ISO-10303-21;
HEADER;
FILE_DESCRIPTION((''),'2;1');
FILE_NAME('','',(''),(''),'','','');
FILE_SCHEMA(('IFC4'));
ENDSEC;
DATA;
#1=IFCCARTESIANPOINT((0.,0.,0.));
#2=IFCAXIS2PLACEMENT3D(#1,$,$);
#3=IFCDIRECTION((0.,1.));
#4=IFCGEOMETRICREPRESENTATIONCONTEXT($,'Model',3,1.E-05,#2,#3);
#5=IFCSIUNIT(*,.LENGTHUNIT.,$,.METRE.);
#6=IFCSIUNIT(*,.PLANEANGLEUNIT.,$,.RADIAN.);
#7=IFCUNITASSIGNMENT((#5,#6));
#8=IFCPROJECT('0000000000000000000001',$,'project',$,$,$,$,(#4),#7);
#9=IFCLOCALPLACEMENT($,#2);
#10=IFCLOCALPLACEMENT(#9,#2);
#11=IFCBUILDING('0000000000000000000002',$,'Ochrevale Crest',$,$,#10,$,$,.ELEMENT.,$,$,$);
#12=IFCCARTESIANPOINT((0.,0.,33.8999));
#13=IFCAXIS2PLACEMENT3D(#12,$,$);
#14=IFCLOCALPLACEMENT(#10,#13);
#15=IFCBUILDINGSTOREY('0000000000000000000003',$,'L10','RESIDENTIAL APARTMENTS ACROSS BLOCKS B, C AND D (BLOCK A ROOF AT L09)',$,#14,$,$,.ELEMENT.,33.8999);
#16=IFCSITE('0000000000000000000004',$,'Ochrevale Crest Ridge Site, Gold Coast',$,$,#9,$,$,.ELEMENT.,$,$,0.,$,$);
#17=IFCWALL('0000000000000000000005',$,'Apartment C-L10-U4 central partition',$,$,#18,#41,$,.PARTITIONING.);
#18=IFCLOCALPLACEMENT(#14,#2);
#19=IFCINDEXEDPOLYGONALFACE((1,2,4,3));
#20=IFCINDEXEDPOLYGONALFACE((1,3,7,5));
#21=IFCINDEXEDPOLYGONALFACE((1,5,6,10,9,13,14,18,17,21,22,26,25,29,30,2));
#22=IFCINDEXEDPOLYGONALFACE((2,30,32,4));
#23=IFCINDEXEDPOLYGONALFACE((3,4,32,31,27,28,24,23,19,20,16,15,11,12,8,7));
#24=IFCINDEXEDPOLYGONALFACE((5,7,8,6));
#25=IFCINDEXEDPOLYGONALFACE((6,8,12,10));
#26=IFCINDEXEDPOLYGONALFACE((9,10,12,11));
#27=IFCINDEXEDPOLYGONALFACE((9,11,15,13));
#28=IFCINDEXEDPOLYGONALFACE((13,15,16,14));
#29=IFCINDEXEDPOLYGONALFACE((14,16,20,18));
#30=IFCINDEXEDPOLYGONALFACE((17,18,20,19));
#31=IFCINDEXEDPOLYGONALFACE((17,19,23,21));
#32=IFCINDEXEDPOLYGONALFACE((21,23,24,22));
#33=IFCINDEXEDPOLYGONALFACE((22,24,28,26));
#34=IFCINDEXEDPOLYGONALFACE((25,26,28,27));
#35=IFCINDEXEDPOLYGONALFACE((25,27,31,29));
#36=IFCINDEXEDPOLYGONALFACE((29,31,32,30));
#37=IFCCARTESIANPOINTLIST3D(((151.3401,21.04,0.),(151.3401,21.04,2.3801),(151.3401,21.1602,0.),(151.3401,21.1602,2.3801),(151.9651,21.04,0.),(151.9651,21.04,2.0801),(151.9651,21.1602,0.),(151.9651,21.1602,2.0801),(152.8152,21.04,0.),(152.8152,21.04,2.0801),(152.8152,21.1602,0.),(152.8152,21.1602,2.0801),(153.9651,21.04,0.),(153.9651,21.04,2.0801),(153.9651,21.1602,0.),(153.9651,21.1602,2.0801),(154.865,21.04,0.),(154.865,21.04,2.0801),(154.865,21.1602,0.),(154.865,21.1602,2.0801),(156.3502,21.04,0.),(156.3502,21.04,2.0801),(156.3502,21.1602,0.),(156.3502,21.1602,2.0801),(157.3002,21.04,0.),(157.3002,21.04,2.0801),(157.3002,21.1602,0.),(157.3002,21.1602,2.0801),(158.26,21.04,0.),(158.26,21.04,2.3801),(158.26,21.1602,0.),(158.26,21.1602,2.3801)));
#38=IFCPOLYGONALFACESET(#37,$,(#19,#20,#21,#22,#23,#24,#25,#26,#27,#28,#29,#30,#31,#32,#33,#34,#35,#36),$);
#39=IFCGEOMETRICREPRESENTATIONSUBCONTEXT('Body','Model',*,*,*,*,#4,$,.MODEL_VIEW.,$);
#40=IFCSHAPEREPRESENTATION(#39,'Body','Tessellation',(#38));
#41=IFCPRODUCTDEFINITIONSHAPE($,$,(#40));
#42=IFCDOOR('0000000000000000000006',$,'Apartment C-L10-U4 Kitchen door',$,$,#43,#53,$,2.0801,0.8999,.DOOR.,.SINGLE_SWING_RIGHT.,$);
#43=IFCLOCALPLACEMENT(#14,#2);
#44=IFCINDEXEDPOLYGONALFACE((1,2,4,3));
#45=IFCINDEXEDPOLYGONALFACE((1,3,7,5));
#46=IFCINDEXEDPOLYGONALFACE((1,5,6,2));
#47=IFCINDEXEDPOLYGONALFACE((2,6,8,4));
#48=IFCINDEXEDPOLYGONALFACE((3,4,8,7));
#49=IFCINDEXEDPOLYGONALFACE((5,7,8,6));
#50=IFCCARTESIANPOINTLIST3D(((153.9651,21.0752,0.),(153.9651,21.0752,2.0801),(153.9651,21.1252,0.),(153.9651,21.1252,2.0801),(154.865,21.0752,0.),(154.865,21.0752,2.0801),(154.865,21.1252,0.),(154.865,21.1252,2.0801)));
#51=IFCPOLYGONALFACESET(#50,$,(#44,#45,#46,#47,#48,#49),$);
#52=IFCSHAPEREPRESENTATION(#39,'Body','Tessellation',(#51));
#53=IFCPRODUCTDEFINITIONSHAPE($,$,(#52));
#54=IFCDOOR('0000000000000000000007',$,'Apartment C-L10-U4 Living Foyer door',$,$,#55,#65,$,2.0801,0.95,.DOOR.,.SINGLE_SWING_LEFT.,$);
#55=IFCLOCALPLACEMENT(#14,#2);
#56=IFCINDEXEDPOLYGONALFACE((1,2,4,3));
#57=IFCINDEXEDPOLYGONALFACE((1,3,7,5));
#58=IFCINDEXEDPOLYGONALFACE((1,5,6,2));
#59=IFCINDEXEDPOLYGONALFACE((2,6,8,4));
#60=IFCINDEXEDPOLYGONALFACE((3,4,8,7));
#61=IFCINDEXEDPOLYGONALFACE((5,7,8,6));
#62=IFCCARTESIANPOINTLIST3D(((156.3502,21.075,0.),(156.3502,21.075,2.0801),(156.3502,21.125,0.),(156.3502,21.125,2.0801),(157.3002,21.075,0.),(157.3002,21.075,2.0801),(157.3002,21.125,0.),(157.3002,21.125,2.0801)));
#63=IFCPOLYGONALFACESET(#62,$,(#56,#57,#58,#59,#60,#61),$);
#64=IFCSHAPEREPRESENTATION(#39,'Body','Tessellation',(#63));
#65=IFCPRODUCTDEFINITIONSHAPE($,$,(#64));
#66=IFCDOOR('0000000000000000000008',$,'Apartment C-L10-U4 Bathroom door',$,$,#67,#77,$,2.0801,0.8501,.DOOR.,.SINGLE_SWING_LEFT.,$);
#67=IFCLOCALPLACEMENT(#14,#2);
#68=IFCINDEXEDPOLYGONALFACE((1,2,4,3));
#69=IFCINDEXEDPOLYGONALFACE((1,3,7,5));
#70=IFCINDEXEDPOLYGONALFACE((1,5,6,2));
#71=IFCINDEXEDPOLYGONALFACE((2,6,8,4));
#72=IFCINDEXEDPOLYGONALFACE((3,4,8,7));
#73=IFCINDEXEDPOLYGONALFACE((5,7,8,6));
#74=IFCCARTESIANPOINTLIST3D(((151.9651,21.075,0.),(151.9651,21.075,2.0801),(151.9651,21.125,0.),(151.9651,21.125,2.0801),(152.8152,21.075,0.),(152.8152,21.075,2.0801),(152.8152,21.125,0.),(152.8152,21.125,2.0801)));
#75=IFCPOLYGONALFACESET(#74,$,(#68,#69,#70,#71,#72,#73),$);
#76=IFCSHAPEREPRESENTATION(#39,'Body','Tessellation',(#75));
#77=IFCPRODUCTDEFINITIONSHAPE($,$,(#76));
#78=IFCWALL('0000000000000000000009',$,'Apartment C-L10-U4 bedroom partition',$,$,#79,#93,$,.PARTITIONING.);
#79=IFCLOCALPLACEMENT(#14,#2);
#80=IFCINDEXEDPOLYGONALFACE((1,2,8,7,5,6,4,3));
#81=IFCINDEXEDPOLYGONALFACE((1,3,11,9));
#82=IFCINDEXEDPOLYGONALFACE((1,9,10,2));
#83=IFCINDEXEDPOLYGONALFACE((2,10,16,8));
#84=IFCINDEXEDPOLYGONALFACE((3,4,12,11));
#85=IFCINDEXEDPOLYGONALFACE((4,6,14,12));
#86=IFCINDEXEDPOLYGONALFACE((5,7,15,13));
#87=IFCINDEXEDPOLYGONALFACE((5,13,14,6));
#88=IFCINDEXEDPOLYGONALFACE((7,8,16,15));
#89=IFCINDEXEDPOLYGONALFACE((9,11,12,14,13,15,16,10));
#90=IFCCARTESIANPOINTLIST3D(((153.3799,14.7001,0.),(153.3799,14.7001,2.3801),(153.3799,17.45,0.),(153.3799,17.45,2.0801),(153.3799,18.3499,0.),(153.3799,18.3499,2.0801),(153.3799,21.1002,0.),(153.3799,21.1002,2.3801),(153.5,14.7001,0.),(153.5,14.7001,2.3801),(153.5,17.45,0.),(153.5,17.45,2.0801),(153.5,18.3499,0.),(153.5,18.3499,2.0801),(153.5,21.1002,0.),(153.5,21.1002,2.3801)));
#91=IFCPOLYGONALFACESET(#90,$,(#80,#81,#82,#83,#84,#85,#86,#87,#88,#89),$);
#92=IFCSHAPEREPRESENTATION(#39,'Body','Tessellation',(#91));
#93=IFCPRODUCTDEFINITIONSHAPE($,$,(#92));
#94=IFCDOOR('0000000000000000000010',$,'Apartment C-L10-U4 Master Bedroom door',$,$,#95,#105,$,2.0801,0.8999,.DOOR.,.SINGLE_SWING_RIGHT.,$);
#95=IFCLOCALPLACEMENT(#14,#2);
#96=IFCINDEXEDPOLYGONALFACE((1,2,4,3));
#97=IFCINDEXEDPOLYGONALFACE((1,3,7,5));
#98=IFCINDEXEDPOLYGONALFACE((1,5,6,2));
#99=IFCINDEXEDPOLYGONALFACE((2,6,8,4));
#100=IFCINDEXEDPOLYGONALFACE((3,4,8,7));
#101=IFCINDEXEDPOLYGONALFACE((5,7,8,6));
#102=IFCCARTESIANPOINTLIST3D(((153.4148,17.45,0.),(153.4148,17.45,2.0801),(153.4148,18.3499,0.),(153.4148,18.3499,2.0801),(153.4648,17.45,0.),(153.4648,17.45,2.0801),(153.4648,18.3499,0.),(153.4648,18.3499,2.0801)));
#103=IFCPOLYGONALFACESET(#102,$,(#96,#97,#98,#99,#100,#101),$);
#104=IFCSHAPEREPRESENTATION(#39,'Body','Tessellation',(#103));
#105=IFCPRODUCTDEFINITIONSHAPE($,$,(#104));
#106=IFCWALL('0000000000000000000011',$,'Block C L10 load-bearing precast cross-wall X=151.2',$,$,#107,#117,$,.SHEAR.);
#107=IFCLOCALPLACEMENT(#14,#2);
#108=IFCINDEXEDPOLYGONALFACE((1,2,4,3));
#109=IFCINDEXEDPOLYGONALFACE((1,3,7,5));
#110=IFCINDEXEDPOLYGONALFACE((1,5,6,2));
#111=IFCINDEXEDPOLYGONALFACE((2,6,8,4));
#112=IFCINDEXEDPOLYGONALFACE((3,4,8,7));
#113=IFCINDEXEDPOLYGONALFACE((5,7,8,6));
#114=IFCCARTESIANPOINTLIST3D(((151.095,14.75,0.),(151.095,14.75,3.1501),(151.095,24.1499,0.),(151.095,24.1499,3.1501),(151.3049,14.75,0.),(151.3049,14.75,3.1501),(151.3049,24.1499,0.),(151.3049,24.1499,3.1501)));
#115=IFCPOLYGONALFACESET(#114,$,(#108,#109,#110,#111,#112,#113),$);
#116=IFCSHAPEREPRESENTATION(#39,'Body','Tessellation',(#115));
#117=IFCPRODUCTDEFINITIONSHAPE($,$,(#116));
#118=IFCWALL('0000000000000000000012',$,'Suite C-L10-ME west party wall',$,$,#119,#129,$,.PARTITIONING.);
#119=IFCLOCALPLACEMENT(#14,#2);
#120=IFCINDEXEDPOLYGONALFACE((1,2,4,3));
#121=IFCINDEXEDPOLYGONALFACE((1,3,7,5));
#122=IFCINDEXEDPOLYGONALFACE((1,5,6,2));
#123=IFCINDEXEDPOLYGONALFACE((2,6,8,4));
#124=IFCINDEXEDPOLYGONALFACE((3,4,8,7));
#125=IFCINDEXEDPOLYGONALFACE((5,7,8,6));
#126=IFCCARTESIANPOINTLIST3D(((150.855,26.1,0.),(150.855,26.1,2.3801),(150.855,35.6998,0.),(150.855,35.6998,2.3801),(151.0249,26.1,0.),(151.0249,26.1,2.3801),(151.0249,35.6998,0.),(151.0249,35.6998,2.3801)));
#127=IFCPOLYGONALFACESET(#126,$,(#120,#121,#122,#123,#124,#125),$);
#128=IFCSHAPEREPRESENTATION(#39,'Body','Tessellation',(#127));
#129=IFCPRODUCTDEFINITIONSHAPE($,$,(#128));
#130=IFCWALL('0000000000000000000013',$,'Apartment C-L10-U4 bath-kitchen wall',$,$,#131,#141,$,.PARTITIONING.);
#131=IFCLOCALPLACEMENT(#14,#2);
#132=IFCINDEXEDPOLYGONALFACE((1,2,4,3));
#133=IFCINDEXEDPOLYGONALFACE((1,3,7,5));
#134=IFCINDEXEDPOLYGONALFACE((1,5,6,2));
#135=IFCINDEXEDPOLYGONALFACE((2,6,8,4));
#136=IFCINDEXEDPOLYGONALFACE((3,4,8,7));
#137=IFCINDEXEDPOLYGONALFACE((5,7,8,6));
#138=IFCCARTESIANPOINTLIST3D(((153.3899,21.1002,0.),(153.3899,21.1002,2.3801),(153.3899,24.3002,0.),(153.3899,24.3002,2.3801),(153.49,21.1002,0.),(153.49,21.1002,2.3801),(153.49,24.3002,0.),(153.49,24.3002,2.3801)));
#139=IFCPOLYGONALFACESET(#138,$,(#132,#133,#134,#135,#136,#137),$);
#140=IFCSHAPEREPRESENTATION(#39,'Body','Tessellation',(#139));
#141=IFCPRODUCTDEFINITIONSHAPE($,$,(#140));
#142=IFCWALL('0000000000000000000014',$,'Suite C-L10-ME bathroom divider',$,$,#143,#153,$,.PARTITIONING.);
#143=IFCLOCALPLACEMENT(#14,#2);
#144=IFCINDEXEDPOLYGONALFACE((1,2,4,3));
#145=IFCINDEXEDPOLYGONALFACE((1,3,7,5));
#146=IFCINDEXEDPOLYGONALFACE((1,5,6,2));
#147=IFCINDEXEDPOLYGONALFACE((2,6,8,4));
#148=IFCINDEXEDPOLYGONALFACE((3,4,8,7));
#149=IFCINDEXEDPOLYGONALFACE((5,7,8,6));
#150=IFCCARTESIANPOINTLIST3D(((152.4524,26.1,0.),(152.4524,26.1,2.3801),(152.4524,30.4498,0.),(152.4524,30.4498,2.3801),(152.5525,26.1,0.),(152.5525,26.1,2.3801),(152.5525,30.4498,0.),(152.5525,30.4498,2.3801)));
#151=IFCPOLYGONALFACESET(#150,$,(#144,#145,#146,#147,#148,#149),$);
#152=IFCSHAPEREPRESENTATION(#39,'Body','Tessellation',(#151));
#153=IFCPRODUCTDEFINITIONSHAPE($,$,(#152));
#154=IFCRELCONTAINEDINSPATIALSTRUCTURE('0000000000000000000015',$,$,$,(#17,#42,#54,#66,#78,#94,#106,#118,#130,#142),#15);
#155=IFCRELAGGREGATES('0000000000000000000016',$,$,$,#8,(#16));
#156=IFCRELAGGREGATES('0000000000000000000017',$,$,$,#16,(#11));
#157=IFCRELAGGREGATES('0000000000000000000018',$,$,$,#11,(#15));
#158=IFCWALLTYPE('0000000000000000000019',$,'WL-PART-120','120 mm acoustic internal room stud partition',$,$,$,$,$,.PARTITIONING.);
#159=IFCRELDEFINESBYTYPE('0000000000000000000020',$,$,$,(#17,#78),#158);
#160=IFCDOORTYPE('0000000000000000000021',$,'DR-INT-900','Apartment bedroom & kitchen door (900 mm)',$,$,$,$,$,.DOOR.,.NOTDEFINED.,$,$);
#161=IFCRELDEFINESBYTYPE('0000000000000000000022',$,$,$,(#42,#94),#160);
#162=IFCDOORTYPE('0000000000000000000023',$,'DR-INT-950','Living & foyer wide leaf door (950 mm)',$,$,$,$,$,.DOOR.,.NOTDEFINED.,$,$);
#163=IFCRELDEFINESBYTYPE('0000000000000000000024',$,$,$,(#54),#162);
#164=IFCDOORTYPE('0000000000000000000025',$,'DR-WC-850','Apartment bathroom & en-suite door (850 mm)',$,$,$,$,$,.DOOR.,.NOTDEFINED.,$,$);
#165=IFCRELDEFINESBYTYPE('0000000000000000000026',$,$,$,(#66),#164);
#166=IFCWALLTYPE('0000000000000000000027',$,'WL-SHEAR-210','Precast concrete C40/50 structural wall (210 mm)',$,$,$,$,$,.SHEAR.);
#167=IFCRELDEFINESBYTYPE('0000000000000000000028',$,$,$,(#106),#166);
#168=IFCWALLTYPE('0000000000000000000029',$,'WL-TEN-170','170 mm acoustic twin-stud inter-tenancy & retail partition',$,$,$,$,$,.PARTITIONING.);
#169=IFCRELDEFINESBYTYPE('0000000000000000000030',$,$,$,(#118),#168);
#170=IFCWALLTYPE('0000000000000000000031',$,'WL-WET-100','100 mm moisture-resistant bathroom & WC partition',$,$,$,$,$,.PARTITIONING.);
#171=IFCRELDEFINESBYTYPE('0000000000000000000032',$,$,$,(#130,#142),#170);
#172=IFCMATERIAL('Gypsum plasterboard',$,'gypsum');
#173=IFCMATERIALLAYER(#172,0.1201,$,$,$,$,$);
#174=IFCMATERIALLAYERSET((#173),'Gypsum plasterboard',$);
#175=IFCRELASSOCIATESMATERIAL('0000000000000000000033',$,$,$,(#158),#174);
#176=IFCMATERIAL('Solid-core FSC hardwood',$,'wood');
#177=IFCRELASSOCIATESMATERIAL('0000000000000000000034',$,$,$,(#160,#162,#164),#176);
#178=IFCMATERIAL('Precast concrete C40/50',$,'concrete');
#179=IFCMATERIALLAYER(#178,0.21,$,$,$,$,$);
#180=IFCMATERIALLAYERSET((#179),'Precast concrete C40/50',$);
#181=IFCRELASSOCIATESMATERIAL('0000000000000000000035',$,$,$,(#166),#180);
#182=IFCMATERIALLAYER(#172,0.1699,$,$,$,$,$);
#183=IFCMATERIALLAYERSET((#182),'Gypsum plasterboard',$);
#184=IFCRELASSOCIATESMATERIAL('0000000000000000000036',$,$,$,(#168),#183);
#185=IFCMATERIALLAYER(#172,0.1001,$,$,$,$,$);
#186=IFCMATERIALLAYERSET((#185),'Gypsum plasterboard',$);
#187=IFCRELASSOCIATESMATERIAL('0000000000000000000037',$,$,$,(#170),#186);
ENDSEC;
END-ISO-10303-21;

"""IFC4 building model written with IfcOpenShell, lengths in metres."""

from ifc_helpers import new_model, si_unit, direction, frame, frame_2d, origin, place, context, subcontext, project, spatial, rectangle, extrude, material, layer, layer_set, type_object, element, fill, save


model = new_model("IFC4")

# Units and contexts
model_context = context("Model", 3, precision=1e-05, world=origin(), true_north=direction((0.0, 1.0)))
body_context = subcontext(model_context, "Body", "Model", "MODEL_VIEW")
ifc_project = project(units=[si_unit("LENGTHUNIT", "METRE"), si_unit("PLANEANGLEUNIT", "RADIAN")], contexts=[model_context])

# Site, building, storey
site_placement = place(None, origin())
site = spatial("IfcSite", under=ifc_project, at=site_placement, Name="Ochrevale Crest Ridge Site, Gold Coast", CompositionType="ELEMENT", RefElevation=0.0)
building_placement = place(site_placement, origin())
building = spatial("IfcBuilding", under=site, at=building_placement, Name="Ochrevale Crest", CompositionType="ELEMENT")
storey_placement = place(building_placement, frame((0.0, 0.0, 33.8999)))
storey = spatial("IfcBuildingStorey", under=building, at=storey_placement, Name="L10", Description="RESIDENTIAL APARTMENTS ACROSS BLOCKS B, C AND D (BLOCK A ROOF AT L09)", CompositionType="ELEMENT", Elevation=33.8999)

# Shared definitions
ifc_material_1 = material(Name="Gypsum plasterboard", Category="gypsum")
ifc_material_2 = material(Name="Solid-core FSC hardwood", Category="wood")

# Shared definitions
ifc_layer_1 = layer(ifc_material_1, 0.1201)
ifc_layer_set_1 = layer_set([ifc_layer_1], Name="Gypsum plasterboard")
wall_type_1 = type_object("IfcWallType", Name="WL-PART-120", Description="120 mm acoustic internal room stud partition", PredefinedType="PARTITIONING", material=ifc_layer_set_1)

# Shared definitions
door_type_1 = type_object("IfcDoorType", Name="DR-INT-900", Description="Apartment bedroom & kitchen door (900 mm)", OperationType="NOTDEFINED", PredefinedType="DOOR", material=ifc_material_2)

# Wall, openings, doors
wall_1_placement = place(storey_placement, frame((151.3401, 21.1001, 0.0), z_axis=(0.0, 0.0, 1.0), x_axis=(1.0, 0.0, 0.0)))
wall_1 = element("IfcWall", 1, at=wall_1_placement, inside=storey, type_object=wall_type_1, Name="Apartment C-L10-U4 central partition", PredefinedType="PARTITIONING", context=body_context, shape_type="SweptSolid", body=[
    extrude(rectangle(XDim=6.9199, YDim=0.1201, at=frame_2d((3.46, 0.0))), origin(), (0.0, 0.0, 1.0), 2.3801),
])
opening_1_placement = place(wall_1_placement, frame((0.625, 0.0, 0.0)))
opening_1 = element("IfcOpeningElement", 2, at=opening_1_placement, cuts=wall_1, PredefinedType="OPENING", context=body_context, shape_type="SweptSolid", body=[
    extrude(rectangle(XDim=0.8501, YDim=2.0801, at=frame_2d((0.425, 1.04))), frame((0.0, 0.0701, 0.0), z_axis=(0.0, -1.0, 0.0), x_axis=(1.0, 0.0, 0.0)), (0.0, 0.0, 1.0), 0.1401),
])
opening_2_placement = place(wall_1_placement, frame((3.5249, 0.0, 0.0), z_axis=(0.0, 0.0, 1.0), x_axis=(-1.0, 0.0, 0.0)))
opening_2 = element("IfcOpeningElement", 3, at=opening_2_placement, cuts=wall_1, PredefinedType="OPENING", context=body_context, shape_type="SweptSolid", body=[
    extrude(rectangle(XDim=0.8999, YDim=2.0801, at=frame_2d((0.45, 1.04))), frame((0.0, 0.0701, 0.0), z_axis=(0.0, -1.0, 0.0), x_axis=(1.0, 0.0, 0.0)), (0.0, 0.0, 1.0), 0.1401),
])
opening_3_placement = place(wall_1_placement, frame((5.01, 0.0, 0.0)))
opening_3 = element("IfcOpeningElement", 4, at=opening_3_placement, cuts=wall_1, PredefinedType="OPENING", context=body_context, shape_type="SweptSolid", body=[
    extrude(rectangle(XDim=0.95, YDim=2.0801, at=frame_2d((0.4751, 1.04))), frame((0.0, 0.0701, 0.0), z_axis=(0.0, -1.0, 0.0), x_axis=(1.0, 0.0, 0.0)), (0.0, 0.0, 1.0), 0.1401),
])
door_1_placement = place(opening_2_placement, origin())
door_1 = element("IfcDoor", 5, at=door_1_placement, inside=storey, type_object=door_type_1, Name="Apartment C-L10-U4 Kitchen door", OperationType="SINGLE_SWING_RIGHT", OverallHeight=2.0801, OverallWidth=0.8999, PredefinedType="DOOR", context=body_context, shape_type="SweptSolid", body=[
    extrude(rectangle(XDim=0.8999, YDim=2.0801, at=frame_2d((0.45, 1.04))), frame((0.0, 0.0249, 0.0), z_axis=(0.0, -1.0, 0.0), x_axis=(1.0, 0.0, 0.0)), (0.0, 0.0, 1.0), 0.05),
])
fill(opening_2, door_1)
door_type_2 = type_object("IfcDoorType", Name="DR-INT-950", Description="Living & foyer wide leaf door (950 mm)", OperationType="NOTDEFINED", PredefinedType="DOOR", material=ifc_material_2)
door_2_placement = place(opening_3_placement, origin())
door_2 = element("IfcDoor", 6, at=door_2_placement, inside=storey, type_object=door_type_2, Name="Apartment C-L10-U4 Living Foyer door", OperationType="SINGLE_SWING_LEFT", OverallHeight=2.0801, OverallWidth=0.95, PredefinedType="DOOR", context=body_context, shape_type="SweptSolid", body=[
    extrude(rectangle(XDim=0.95, YDim=2.0801, at=frame_2d((0.4751, 1.04))), frame((0.0, 0.0249, 0.0), z_axis=(0.0, -1.0, 0.0), x_axis=(1.0, 0.0, 0.0)), (0.0, 0.0, 1.0), 0.05),
])
fill(opening_3, door_2)
door_type_3 = type_object("IfcDoorType", Name="DR-WC-850", Description="Apartment bathroom & en-suite door (850 mm)", OperationType="NOTDEFINED", PredefinedType="DOOR", material=ifc_material_2)
door_3_placement = place(opening_1_placement, origin())
door_3 = element("IfcDoor", 7, at=door_3_placement, inside=storey, type_object=door_type_3, Name="Apartment C-L10-U4 Bathroom door", OperationType="SINGLE_SWING_LEFT", OverallHeight=2.0801, OverallWidth=0.8501, PredefinedType="DOOR", context=body_context, shape_type="SweptSolid", body=[
    extrude(rectangle(XDim=0.8501, YDim=2.0801, at=frame_2d((0.425, 1.04))), frame((0.0, 0.0249, 0.0), z_axis=(0.0, -1.0, 0.0), x_axis=(1.0, 0.0, 0.0)), (0.0, 0.0, 1.0), 0.05),
])
fill(opening_1, door_3)

# Wall, opening, door
wall_2_placement = place(storey_placement, frame((153.4399, 14.7, 0.0), z_axis=(0.0, 0.0, 1.0), x_axis=(0.0, 1.0, 0.0)))
wall_2 = element("IfcWall", 8, at=wall_2_placement, inside=storey, type_object=wall_type_1, Name="Apartment C-L10-U4 bedroom partition", PredefinedType="PARTITIONING", context=body_context, shape_type="SweptSolid", body=[
    extrude(rectangle(XDim=6.4001, YDim=0.1201, at=frame_2d((3.2002, 0.0))), origin(), (0.0, 0.0, 1.0), 2.3801),
])
opening_4_placement = place(wall_2_placement, frame((3.6499, 0.0, 0.0), z_axis=(0.0, 0.0, 1.0), x_axis=(-1.0, 0.0, 0.0)))
opening_4 = element("IfcOpeningElement", 9, at=opening_4_placement, cuts=wall_2, PredefinedType="OPENING", context=body_context, shape_type="SweptSolid", body=[
    extrude(rectangle(XDim=0.8999, YDim=2.0801, at=frame_2d((0.45, 1.04))), frame((0.0, 0.0701, 0.0), z_axis=(0.0, -1.0, 0.0), x_axis=(1.0, 0.0, 0.0)), (0.0, 0.0, 1.0), 0.1401),
])
door_4_placement = place(opening_4_placement, origin())
door_4 = element("IfcDoor", 10, at=door_4_placement, inside=storey, type_object=door_type_1, Name="Apartment C-L10-U4 Master Bedroom door", OperationType="SINGLE_SWING_RIGHT", OverallHeight=2.0801, OverallWidth=0.8999, PredefinedType="DOOR", context=body_context, shape_type="SweptSolid", body=[
    extrude(rectangle(XDim=0.8999, YDim=2.0801, at=frame_2d((0.45, 1.04))), frame((0.0, 0.0249, 0.0), z_axis=(0.0, -1.0, 0.0), x_axis=(1.0, 0.0, 0.0)), (0.0, 0.0, 1.0), 0.05),
])
fill(opening_4, door_4)

# Walls
ifc_material_3 = material(Name="Precast concrete C40/50", Category="concrete")
ifc_layer_2 = layer(ifc_material_3, 0.21)
ifc_layer_set_2 = layer_set([ifc_layer_2], Name="Precast concrete C40/50")
wall_type_2 = type_object("IfcWallType", Name="WL-SHEAR-210", Description="Precast concrete C40/50 structural wall (210 mm)", PredefinedType="SHEAR", material=ifc_layer_set_2)
wall_3_placement = place(storey_placement, frame((151.2, 14.75, 0.0), z_axis=(0.0, 0.0, 1.0), x_axis=(0.0, 1.0, 0.0)))
element("IfcWall", 11, at=wall_3_placement, inside=storey, type_object=wall_type_2, Name="Block C L10 load-bearing precast cross-wall X=151.2", PredefinedType="SHEAR", context=body_context, shape_type="SweptSolid", body=[
    extrude(rectangle(XDim=9.3999, YDim=0.21, at=frame_2d((4.7, 0.0))), origin(), (0.0, 0.0, 1.0), 3.1501),
])
ifc_layer_3 = layer(ifc_material_1, 0.1699)
ifc_layer_set_3 = layer_set([ifc_layer_3], Name="Gypsum plasterboard")
wall_type_3 = type_object("IfcWallType", Name="WL-TEN-170", Description="170 mm acoustic twin-stud inter-tenancy & retail partition", PredefinedType="PARTITIONING", material=ifc_layer_set_3)
wall_4_placement = place(storey_placement, frame((150.9399, 26.1001, 0.0), z_axis=(0.0, 0.0, 1.0), x_axis=(0.0, 1.0, 0.0)))
element("IfcWall", 12, at=wall_4_placement, inside=storey, type_object=wall_type_3, Name="Suite C-L10-ME west party wall", PredefinedType="PARTITIONING", context=body_context, shape_type="SweptSolid", body=[
    extrude(rectangle(XDim=9.5999, YDim=0.1699, at=frame_2d((4.7998, 0.0))), origin(), (0.0, 0.0, 1.0), 2.3801),
])
ifc_layer_4 = layer(ifc_material_1, 0.1001)
ifc_layer_set_4 = layer_set([ifc_layer_4], Name="Gypsum plasterboard")
wall_type_4 = type_object("IfcWallType", Name="WL-WET-100", Description="100 mm moisture-resistant bathroom & WC partition", PredefinedType="PARTITIONING", material=ifc_layer_set_4)
wall_5_placement = place(storey_placement, frame((153.4399, 21.1001, 0.0), z_axis=(0.0, 0.0, 1.0), x_axis=(0.0, 1.0, 0.0)))
element("IfcWall", 13, at=wall_5_placement, inside=storey, type_object=wall_type_4, Name="Apartment C-L10-U4 bath-kitchen wall", PredefinedType="PARTITIONING", context=body_context, shape_type="SweptSolid", body=[
    extrude(rectangle(XDim=3.2, YDim=0.1001, at=frame_2d((1.6001, 0.0))), origin(), (0.0, 0.0, 1.0), 2.3801),
])
wall_6_placement = place(storey_placement, frame((152.5024, 26.1001, 0.0), z_axis=(0.0, 0.0, 1.0), x_axis=(0.0, 1.0, 0.0)))
element("IfcWall", 14, at=wall_6_placement, inside=storey, type_object=wall_type_4, Name="Suite C-L10-ME bathroom divider", PredefinedType="PARTITIONING", context=body_context, shape_type="SweptSolid", body=[
    extrude(rectangle(XDim=4.3499, YDim=0.1001, at=frame_2d((2.1748, 0.0))), origin(), (0.0, 0.0, 1.0), 2.3801),
])

save(model, "model.ifc")
